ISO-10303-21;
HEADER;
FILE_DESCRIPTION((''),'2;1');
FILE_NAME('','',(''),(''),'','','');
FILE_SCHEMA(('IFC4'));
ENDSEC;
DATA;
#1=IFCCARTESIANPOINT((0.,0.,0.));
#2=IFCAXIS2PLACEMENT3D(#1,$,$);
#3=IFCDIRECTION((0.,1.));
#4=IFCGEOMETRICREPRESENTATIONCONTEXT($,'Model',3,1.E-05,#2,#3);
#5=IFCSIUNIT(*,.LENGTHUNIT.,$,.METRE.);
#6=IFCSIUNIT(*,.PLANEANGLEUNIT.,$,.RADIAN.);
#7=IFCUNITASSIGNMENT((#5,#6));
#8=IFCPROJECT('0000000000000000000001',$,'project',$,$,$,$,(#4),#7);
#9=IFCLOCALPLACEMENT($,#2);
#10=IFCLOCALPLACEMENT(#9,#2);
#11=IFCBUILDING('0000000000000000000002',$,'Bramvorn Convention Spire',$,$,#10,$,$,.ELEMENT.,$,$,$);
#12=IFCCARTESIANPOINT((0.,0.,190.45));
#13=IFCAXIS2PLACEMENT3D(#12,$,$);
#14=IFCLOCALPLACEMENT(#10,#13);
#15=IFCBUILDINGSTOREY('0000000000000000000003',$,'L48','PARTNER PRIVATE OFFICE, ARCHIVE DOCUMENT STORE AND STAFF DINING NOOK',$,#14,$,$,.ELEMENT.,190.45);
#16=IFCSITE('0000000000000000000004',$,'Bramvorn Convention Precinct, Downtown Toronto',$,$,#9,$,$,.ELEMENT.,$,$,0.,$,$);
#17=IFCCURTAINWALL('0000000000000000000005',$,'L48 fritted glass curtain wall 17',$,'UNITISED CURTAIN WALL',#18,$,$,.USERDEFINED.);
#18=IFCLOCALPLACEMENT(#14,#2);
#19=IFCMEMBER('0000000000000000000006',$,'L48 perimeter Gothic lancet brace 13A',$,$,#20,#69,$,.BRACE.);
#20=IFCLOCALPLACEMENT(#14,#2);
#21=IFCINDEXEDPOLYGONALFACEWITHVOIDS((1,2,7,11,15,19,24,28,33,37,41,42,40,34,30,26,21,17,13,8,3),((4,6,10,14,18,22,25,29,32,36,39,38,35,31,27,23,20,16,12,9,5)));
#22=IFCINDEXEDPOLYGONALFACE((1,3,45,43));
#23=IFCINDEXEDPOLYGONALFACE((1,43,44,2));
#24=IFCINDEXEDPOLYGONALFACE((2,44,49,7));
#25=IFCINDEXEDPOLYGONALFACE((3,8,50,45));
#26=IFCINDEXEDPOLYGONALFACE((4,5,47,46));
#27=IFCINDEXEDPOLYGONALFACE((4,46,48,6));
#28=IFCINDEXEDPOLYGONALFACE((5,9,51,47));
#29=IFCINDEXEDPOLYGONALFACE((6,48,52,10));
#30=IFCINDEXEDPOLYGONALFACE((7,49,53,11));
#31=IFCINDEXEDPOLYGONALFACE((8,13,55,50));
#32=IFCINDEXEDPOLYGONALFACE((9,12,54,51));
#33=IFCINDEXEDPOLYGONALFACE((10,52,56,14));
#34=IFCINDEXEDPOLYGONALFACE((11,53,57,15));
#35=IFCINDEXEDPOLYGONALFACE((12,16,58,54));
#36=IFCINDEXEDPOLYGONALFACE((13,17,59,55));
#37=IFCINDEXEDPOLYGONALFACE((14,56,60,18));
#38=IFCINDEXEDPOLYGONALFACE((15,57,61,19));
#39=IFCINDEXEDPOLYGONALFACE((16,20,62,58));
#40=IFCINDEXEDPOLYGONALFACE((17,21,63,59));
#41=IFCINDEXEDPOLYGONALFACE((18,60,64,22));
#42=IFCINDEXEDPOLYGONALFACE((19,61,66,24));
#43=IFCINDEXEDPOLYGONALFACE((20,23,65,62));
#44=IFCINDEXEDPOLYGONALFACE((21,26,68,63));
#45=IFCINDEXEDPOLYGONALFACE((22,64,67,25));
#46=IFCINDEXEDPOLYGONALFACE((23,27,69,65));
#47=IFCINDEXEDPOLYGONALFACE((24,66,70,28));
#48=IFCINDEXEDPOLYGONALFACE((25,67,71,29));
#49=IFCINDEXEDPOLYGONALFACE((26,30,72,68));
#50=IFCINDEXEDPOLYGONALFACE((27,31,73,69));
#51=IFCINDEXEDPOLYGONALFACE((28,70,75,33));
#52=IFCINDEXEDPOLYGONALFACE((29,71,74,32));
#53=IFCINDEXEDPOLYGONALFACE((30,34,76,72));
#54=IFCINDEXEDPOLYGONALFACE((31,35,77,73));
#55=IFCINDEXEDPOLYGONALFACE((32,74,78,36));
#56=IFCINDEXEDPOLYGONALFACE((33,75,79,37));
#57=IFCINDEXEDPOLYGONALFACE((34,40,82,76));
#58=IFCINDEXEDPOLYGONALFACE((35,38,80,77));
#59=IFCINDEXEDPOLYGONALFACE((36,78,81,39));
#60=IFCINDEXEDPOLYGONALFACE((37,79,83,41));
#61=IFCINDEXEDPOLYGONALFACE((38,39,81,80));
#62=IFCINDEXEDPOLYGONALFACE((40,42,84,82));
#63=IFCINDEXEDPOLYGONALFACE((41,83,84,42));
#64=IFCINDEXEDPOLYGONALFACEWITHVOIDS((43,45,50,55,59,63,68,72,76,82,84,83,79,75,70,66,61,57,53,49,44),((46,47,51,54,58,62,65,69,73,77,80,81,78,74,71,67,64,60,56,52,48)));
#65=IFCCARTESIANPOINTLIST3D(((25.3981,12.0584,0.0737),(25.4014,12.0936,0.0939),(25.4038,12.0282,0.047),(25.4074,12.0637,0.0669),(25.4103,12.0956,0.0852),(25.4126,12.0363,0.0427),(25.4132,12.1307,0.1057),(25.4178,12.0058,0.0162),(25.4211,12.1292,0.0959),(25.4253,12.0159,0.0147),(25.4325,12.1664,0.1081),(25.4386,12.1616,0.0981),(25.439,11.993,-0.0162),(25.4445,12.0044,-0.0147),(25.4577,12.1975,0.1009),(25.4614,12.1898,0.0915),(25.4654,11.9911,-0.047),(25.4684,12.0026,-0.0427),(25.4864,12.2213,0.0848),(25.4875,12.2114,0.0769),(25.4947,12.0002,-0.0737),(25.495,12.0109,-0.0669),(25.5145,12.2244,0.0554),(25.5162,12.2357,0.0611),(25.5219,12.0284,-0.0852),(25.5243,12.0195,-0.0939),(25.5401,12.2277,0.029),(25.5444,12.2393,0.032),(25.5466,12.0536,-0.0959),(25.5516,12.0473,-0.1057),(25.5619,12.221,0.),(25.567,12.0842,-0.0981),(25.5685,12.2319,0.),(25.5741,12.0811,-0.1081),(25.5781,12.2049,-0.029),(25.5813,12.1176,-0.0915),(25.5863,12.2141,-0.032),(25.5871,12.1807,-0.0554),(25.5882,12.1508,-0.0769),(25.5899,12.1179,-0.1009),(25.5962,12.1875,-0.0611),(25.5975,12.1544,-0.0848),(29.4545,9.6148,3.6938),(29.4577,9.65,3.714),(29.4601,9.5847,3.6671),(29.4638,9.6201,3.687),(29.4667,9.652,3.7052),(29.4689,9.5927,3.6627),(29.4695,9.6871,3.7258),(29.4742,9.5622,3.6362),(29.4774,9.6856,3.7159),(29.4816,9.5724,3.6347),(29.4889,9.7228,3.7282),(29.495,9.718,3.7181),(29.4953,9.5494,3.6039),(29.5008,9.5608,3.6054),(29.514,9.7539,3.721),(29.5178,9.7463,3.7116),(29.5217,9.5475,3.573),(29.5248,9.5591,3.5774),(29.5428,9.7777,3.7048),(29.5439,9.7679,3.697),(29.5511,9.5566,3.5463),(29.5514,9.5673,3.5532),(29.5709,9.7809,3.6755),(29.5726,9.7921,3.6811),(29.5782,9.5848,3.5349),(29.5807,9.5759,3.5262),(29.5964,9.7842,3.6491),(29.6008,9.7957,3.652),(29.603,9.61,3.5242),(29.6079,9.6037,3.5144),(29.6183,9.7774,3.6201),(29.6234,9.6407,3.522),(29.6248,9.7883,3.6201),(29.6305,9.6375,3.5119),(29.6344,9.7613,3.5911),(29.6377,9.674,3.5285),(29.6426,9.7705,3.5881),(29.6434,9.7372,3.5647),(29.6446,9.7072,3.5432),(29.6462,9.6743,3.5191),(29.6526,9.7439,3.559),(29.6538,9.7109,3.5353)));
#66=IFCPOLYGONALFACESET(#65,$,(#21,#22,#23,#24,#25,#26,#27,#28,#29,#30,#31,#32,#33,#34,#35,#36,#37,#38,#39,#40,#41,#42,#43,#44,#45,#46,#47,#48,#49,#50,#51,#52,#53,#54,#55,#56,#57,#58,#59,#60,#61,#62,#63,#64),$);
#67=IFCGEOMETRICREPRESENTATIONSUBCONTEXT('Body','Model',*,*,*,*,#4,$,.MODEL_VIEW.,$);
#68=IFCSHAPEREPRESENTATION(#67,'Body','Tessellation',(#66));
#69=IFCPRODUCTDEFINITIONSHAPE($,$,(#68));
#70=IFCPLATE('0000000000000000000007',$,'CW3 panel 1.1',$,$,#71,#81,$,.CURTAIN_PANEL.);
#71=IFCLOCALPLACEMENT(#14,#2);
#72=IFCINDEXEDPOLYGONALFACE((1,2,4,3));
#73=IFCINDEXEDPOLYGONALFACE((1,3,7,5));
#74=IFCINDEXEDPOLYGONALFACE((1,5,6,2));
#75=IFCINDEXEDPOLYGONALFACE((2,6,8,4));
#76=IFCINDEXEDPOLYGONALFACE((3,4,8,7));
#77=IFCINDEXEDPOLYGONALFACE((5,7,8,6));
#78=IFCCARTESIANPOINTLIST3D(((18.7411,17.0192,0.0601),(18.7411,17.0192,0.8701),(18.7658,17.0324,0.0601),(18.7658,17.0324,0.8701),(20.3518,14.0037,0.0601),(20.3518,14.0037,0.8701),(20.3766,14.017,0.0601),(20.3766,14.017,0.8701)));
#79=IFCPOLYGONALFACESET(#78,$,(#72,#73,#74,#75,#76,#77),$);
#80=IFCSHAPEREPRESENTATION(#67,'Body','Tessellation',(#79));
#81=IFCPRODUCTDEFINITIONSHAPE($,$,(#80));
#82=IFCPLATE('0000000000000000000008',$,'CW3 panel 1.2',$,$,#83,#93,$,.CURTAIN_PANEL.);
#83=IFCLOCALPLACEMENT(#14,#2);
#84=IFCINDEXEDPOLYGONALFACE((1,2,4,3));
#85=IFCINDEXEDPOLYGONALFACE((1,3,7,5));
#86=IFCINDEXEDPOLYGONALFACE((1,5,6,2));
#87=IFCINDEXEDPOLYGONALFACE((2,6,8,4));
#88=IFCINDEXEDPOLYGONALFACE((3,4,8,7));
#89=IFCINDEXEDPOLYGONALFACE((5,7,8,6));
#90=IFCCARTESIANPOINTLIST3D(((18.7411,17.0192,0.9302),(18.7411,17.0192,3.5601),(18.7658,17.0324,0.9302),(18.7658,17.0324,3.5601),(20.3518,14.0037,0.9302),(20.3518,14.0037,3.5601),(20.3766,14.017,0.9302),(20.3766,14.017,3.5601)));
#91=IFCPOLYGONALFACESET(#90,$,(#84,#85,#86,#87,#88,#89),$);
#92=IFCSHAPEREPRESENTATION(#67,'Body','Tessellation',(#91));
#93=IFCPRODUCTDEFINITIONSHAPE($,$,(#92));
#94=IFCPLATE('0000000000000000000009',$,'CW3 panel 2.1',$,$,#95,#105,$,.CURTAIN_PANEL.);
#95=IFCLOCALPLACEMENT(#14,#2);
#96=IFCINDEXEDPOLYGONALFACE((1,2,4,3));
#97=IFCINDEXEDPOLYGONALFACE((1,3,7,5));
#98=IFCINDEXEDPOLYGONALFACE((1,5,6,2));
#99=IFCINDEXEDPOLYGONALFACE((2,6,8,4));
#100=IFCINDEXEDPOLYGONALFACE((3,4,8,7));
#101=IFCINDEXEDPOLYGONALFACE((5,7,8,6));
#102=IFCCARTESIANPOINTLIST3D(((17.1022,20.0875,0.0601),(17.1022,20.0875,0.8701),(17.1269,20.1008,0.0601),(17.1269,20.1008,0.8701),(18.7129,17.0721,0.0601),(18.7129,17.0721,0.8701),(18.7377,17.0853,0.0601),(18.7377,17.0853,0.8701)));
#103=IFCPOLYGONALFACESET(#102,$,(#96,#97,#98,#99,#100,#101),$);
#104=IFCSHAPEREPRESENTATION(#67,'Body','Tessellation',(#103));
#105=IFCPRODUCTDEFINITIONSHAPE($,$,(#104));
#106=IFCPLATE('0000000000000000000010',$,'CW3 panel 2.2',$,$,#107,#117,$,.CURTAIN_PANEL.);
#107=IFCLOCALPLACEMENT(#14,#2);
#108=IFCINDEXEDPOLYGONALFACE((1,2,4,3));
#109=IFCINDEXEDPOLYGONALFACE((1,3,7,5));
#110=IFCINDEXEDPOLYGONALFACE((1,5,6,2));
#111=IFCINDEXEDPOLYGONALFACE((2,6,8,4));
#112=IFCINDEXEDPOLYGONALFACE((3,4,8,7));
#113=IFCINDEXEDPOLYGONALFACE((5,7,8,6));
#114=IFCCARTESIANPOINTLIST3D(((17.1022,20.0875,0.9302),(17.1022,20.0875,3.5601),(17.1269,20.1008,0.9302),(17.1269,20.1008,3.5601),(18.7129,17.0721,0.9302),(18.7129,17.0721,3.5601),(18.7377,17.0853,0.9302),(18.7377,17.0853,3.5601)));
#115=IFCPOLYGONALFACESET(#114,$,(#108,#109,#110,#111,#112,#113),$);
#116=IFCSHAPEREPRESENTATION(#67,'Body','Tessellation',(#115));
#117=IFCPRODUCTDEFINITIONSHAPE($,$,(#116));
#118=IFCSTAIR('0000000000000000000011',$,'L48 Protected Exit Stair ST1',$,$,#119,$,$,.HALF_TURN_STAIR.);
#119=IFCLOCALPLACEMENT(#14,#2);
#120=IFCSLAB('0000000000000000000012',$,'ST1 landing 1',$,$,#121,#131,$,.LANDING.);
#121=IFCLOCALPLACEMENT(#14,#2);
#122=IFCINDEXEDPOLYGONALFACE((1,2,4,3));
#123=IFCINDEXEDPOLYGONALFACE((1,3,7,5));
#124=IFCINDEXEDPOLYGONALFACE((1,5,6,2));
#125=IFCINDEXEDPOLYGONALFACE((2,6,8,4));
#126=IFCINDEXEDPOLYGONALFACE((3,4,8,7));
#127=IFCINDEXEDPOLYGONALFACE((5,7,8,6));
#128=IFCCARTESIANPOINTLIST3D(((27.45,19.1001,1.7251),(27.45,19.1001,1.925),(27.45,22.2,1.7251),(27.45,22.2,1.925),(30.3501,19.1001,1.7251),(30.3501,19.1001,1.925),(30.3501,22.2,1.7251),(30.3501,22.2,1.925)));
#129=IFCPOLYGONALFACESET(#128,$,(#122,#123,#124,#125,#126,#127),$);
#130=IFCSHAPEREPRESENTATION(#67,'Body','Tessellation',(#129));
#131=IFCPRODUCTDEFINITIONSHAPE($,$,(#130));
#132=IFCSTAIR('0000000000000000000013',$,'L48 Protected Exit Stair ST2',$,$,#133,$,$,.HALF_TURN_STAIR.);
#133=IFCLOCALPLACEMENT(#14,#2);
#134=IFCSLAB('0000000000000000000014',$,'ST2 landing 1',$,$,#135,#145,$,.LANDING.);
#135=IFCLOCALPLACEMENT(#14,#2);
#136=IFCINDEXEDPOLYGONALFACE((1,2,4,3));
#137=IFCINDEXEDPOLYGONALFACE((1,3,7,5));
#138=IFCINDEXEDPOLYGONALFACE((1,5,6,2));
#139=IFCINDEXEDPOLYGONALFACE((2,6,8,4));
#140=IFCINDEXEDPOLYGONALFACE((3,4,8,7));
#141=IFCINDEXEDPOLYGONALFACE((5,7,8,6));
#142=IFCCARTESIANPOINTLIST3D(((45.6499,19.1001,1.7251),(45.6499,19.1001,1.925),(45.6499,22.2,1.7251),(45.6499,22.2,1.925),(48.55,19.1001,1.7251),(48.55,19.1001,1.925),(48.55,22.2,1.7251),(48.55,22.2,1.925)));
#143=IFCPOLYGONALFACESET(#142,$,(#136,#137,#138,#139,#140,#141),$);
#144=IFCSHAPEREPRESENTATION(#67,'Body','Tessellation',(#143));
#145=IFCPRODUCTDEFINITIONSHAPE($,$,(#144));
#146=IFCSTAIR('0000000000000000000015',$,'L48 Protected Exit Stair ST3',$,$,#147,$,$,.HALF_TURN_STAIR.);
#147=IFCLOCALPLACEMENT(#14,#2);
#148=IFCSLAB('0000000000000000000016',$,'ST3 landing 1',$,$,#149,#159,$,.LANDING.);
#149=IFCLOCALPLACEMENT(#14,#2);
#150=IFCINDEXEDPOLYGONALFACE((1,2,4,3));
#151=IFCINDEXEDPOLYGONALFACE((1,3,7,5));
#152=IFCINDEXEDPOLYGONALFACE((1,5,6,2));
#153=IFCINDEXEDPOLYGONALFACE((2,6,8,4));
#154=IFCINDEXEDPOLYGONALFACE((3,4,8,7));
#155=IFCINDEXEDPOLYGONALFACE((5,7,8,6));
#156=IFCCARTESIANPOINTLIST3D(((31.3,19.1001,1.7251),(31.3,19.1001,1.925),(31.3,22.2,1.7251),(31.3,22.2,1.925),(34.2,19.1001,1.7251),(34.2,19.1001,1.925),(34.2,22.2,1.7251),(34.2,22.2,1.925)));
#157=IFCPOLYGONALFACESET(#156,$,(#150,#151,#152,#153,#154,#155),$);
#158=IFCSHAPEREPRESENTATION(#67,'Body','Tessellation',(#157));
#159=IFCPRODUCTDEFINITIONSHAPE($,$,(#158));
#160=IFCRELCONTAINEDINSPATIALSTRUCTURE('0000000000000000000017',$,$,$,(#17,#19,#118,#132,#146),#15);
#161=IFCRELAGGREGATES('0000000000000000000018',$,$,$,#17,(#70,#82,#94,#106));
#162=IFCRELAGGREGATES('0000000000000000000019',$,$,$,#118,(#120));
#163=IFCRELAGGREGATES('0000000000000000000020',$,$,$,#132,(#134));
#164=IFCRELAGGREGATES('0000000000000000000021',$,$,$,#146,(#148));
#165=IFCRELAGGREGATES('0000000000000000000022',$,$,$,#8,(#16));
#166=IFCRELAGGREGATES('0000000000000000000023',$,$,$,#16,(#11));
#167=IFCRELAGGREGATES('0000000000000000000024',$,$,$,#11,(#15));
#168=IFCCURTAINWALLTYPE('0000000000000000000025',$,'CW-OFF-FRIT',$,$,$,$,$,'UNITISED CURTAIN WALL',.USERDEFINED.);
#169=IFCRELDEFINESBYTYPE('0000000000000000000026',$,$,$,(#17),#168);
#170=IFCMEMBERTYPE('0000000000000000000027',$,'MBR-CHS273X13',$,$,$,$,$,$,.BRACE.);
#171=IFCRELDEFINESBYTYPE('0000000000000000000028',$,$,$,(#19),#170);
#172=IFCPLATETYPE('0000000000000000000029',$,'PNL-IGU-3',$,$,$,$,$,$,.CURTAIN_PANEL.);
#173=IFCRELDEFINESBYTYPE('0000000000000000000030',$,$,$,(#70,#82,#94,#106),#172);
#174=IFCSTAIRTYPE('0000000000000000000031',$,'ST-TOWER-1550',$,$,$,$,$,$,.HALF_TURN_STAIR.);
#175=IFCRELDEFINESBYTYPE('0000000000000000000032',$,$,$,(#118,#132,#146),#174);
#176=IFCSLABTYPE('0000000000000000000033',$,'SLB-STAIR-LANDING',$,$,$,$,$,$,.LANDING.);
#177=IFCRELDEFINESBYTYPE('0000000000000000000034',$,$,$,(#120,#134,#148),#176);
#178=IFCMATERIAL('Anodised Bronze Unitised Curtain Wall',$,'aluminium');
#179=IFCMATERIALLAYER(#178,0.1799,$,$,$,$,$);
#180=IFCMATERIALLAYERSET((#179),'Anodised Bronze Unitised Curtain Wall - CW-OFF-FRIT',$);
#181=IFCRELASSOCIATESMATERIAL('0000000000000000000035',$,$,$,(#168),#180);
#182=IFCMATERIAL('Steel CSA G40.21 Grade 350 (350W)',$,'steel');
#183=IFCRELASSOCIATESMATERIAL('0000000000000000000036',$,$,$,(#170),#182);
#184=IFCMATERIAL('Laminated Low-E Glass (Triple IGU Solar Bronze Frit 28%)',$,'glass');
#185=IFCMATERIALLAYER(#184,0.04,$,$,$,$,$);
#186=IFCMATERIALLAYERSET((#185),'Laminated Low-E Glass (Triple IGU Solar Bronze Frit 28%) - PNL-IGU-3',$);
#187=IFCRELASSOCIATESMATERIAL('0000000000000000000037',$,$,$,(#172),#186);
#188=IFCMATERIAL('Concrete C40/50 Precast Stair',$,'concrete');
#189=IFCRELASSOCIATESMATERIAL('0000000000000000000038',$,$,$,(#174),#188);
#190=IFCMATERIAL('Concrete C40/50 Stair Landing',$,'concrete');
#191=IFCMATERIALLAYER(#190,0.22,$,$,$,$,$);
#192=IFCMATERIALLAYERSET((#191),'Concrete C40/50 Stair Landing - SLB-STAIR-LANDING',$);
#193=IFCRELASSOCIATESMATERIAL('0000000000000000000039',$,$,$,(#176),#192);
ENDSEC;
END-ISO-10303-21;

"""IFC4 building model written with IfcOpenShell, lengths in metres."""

from ifc_helpers import new_model, si_unit, direction, frame, origin, origin_2d, place, context, subcontext, project, spatial, polyline, rectangle, hollow_circle, outline, extrude, material, layer, layer_set, material_profile, profile_set, type_object, element, aggregate, save


model = new_model("IFC4")

# Units and contexts
model_context = context("Model", 3, precision=1e-05, world=origin(), true_north=direction((0.0, 1.0)))
body_context = subcontext(model_context, "Body", "Model", "MODEL_VIEW")
ifc_project = project(units=[si_unit("LENGTHUNIT", "METRE"), si_unit("PLANEANGLEUNIT", "RADIAN")], contexts=[model_context])

# Site, building, storey
site_placement = place(None, origin())
site = spatial("IfcSite", under=ifc_project, at=site_placement, Name="Bramvorn Convention Precinct, Downtown Toronto", CompositionType="ELEMENT", RefElevation=0.0)
building_placement = place(site_placement, origin())
building = spatial("IfcBuilding", under=site, at=building_placement, Name="Bramvorn Convention Spire", CompositionType="ELEMENT")
storey_placement = place(building_placement, frame((0.0, 0.0, 190.45)))
storey = spatial("IfcBuildingStorey", under=building, at=storey_placement, Name="L48", Description="PARTNER PRIVATE OFFICE, ARCHIVE DOCUMENT STORE AND STAFF DINING NOOK", CompositionType="ELEMENT", Elevation=190.45)

# Shared definitions
ifc_material_1 = material(Name="Steel CSA G40.21 Grade 350 (350W)", Category="steel")

# Curtain wall
ifc_material_2 = material(Name="Anodised Bronze Unitised Curtain Wall", Category="aluminium")
ifc_layer_1 = layer(ifc_material_2, 0.1799)
ifc_layer_set_1 = layer_set([ifc_layer_1], Name="Anodised Bronze Unitised Curtain Wall - CW-OFF-FRIT")
curtain_wall_type = type_object("IfcCurtainWallType", Name="CW-OFF-FRIT", ElementType="UNITISED CURTAIN WALL", PredefinedType="USERDEFINED", material=ifc_layer_set_1)
curtain_wall_placement = place(storey_placement, origin())
curtain_wall = element("IfcCurtainWall", 1, at=curtain_wall_placement, inside=storey, type_object=curtain_wall_type, Name="L48 fritted glass curtain wall 17", ObjectType="UNITISED CURTAIN WALL", PredefinedType="USERDEFINED")

# Member
ifc_material_profile_1 = material_profile(ifc_material_1, hollow_circle(Radius=0.1365, WallThickness=0.0127, at=origin_2d()))
ifc_profile_set_1 = profile_set([ifc_material_profile_1], Name="Steel CSA G40.21 Grade 350 (350W) - CHS273X13")
member_type_1 = type_object("IfcMemberType", Name="MBR-CHS273X13", PredefinedType="BRACE", material=ifc_profile_set_1)
member_1_placement = place(storey_placement, frame((25.498, 12.115, 0.0), z_axis=(0.680515, -0.409948, 0.607324), x_axis=(0.516011, 0.856582, 0.0)))
element("IfcMember", 2, at=member_1_placement, inside=storey, type_object=member_type_1, Name="L48 perimeter Gothic lancet brace 13A", PredefinedType="BRACE", context=body_context, shape_type="SweptSolid", body=[
    extrude(hollow_circle(Radius=0.1365, WallThickness=0.0127, at=origin_2d()), origin(), (0.0, 0.0, 1.0), 5.9607),
])

# Plates
ifc_material_3 = material(Name="Laminated Low-E Glass (Triple IGU Solar Bronze Frit 28%)", Category="glass")
ifc_layer_2 = layer(ifc_material_3, 0.04)
ifc_layer_set_2 = layer_set([ifc_layer_2], Name="Laminated Low-E Glass (Triple IGU Solar Bronze Frit 28%) - PNL-IGU-3")
plate_type = type_object("IfcPlateType", Name="PNL-IGU-3", PredefinedType="CURTAIN_PANEL", material=ifc_layer_set_2)
plate_1_placement = place(storey_placement, frame((19.5588, 15.5181, 0.0601), z_axis=(0.0, 0.0, 1.0), x_axis=(-0.471162, 0.882047, 0.0)))
plate_1 = element("IfcPlate", 3, at=plate_1_placement, type_object=plate_type, Name="CW3 panel 1.1", PredefinedType="CURTAIN_PANEL", context=body_context, shape_type="SweptSolid", body=[
    extrude(rectangle(XDim=3.4187, YDim=0.0281, at=origin_2d()), origin(), (0.0, 0.0, 1.0), 0.8101),
])
plate_2_placement = place(storey_placement, frame((19.5588, 15.5181, 0.9302), z_axis=(0.0, 0.0, 1.0), x_axis=(-0.471162, 0.882047, 0.0)))
plate_2 = element("IfcPlate", 4, at=plate_2_placement, type_object=plate_type, Name="CW3 panel 1.2", PredefinedType="CURTAIN_PANEL", context=body_context, shape_type="SweptSolid", body=[
    extrude(rectangle(XDim=3.4187, YDim=0.0281, at=origin_2d()), origin(), (0.0, 0.0, 1.0), 2.6299),
])
plate_3_placement = place(storey_placement, frame((17.9199, 18.5864, 0.0601), z_axis=(0.0, 0.0, 1.0), x_axis=(-0.471162, 0.882047, 0.0)))
plate_3 = element("IfcPlate", 5, at=plate_3_placement, type_object=plate_type, Name="CW3 panel 2.1", PredefinedType="CURTAIN_PANEL", context=body_context, shape_type="SweptSolid", body=[
    extrude(rectangle(XDim=3.4187, YDim=0.0281, at=origin_2d()), origin(), (0.0, 0.0, 1.0), 0.8101),
])
plate_4_placement = place(storey_placement, frame((17.9199, 18.5864, 0.9302), z_axis=(0.0, 0.0, 1.0), x_axis=(-0.471162, 0.882047, 0.0)))
plate_4 = element("IfcPlate", 6, at=plate_4_placement, type_object=plate_type, Name="CW3 panel 2.2", PredefinedType="CURTAIN_PANEL", context=body_context, shape_type="SweptSolid", body=[
    extrude(rectangle(XDim=3.4187, YDim=0.0281, at=origin_2d()), origin(), (0.0, 0.0, 1.0), 2.6299),
])
aggregate(curtain_wall, [plate_1, plate_2, plate_3, plate_4])

# Stairs, slabs
ifc_material_4 = material(Name="Concrete C40/50 Precast Stair", Category="concrete")
stair_type = type_object("IfcStairType", Name="ST-TOWER-1550", PredefinedType="HALF_TURN_STAIR", material=ifc_material_4)
stair_1_placement = place(storey_placement, origin())
stair_1 = element("IfcStair", 7, at=stair_1_placement, inside=storey, type_object=stair_type, Name="L48 Protected Exit Stair ST1", PredefinedType="HALF_TURN_STAIR")
ifc_material_5 = material(Name="Concrete C40/50 Stair Landing", Category="concrete")
ifc_layer_3 = layer(ifc_material_5, 0.22)
ifc_layer_set_3 = layer_set([ifc_layer_3], Name="Concrete C40/50 Stair Landing - SLB-STAIR-LANDING")
slab_type_1 = type_object("IfcSlabType", Name="SLB-STAIR-LANDING", PredefinedType="LANDING", material=ifc_layer_set_3)
slab_1_placement = place(storey_placement, frame((0.0, 0.0, 1.7251)))
slab_1 = element("IfcSlab", 8, at=slab_1_placement, type_object=slab_type_1, Name="ST1 landing 1", PredefinedType="LANDING", context=body_context, shape_type="SweptSolid", body=[
    extrude(outline(polyline([(27.45, 22.2), (27.45, 19.1001), (30.3501, 19.1001), (30.3501, 22.2), (27.45, 22.2)])), origin(), (0.0, 0.0, 1.0), 0.2),
])
aggregate(stair_1, [slab_1])
stair_2_placement = place(storey_placement, origin())
stair_2 = element("IfcStair", 9, at=stair_2_placement, inside=storey, type_object=stair_type, Name="L48 Protected Exit Stair ST2", PredefinedType="HALF_TURN_STAIR")
slab_2_placement = place(storey_placement, frame((0.0, 0.0, 1.7251)))
slab_2 = element("IfcSlab", 10, at=slab_2_placement, type_object=slab_type_1, Name="ST2 landing 1", PredefinedType="LANDING", context=body_context, shape_type="SweptSolid", body=[
    extrude(outline(polyline([(45.6499, 22.2), (45.6499, 19.1001), (48.55, 19.1001), (48.55, 22.2), (45.6499, 22.2)])), origin(), (0.0, 0.0, 1.0), 0.2),
])
aggregate(stair_2, [slab_2])
stair_3_placement = place(storey_placement, origin())
stair_3 = element("IfcStair", 11, at=stair_3_placement, inside=storey, type_object=stair_type, Name="L48 Protected Exit Stair ST3", PredefinedType="HALF_TURN_STAIR")
slab_3_placement = place(storey_placement, frame((0.0, 0.0, 1.7251)))
slab_3 = element("IfcSlab", 12, at=slab_3_placement, type_object=slab_type_1, Name="ST3 landing 1", PredefinedType="LANDING", context=body_context, shape_type="SweptSolid", body=[
    extrude(outline(polyline([(31.3, 22.2), (31.3, 19.1001), (34.2, 19.1001), (34.2, 22.2), (31.3, 22.2)])), origin(), (0.0, 0.0, 1.0), 0.2),
])
aggregate(stair_3, [slab_3])

save(model, "model.ifc")
